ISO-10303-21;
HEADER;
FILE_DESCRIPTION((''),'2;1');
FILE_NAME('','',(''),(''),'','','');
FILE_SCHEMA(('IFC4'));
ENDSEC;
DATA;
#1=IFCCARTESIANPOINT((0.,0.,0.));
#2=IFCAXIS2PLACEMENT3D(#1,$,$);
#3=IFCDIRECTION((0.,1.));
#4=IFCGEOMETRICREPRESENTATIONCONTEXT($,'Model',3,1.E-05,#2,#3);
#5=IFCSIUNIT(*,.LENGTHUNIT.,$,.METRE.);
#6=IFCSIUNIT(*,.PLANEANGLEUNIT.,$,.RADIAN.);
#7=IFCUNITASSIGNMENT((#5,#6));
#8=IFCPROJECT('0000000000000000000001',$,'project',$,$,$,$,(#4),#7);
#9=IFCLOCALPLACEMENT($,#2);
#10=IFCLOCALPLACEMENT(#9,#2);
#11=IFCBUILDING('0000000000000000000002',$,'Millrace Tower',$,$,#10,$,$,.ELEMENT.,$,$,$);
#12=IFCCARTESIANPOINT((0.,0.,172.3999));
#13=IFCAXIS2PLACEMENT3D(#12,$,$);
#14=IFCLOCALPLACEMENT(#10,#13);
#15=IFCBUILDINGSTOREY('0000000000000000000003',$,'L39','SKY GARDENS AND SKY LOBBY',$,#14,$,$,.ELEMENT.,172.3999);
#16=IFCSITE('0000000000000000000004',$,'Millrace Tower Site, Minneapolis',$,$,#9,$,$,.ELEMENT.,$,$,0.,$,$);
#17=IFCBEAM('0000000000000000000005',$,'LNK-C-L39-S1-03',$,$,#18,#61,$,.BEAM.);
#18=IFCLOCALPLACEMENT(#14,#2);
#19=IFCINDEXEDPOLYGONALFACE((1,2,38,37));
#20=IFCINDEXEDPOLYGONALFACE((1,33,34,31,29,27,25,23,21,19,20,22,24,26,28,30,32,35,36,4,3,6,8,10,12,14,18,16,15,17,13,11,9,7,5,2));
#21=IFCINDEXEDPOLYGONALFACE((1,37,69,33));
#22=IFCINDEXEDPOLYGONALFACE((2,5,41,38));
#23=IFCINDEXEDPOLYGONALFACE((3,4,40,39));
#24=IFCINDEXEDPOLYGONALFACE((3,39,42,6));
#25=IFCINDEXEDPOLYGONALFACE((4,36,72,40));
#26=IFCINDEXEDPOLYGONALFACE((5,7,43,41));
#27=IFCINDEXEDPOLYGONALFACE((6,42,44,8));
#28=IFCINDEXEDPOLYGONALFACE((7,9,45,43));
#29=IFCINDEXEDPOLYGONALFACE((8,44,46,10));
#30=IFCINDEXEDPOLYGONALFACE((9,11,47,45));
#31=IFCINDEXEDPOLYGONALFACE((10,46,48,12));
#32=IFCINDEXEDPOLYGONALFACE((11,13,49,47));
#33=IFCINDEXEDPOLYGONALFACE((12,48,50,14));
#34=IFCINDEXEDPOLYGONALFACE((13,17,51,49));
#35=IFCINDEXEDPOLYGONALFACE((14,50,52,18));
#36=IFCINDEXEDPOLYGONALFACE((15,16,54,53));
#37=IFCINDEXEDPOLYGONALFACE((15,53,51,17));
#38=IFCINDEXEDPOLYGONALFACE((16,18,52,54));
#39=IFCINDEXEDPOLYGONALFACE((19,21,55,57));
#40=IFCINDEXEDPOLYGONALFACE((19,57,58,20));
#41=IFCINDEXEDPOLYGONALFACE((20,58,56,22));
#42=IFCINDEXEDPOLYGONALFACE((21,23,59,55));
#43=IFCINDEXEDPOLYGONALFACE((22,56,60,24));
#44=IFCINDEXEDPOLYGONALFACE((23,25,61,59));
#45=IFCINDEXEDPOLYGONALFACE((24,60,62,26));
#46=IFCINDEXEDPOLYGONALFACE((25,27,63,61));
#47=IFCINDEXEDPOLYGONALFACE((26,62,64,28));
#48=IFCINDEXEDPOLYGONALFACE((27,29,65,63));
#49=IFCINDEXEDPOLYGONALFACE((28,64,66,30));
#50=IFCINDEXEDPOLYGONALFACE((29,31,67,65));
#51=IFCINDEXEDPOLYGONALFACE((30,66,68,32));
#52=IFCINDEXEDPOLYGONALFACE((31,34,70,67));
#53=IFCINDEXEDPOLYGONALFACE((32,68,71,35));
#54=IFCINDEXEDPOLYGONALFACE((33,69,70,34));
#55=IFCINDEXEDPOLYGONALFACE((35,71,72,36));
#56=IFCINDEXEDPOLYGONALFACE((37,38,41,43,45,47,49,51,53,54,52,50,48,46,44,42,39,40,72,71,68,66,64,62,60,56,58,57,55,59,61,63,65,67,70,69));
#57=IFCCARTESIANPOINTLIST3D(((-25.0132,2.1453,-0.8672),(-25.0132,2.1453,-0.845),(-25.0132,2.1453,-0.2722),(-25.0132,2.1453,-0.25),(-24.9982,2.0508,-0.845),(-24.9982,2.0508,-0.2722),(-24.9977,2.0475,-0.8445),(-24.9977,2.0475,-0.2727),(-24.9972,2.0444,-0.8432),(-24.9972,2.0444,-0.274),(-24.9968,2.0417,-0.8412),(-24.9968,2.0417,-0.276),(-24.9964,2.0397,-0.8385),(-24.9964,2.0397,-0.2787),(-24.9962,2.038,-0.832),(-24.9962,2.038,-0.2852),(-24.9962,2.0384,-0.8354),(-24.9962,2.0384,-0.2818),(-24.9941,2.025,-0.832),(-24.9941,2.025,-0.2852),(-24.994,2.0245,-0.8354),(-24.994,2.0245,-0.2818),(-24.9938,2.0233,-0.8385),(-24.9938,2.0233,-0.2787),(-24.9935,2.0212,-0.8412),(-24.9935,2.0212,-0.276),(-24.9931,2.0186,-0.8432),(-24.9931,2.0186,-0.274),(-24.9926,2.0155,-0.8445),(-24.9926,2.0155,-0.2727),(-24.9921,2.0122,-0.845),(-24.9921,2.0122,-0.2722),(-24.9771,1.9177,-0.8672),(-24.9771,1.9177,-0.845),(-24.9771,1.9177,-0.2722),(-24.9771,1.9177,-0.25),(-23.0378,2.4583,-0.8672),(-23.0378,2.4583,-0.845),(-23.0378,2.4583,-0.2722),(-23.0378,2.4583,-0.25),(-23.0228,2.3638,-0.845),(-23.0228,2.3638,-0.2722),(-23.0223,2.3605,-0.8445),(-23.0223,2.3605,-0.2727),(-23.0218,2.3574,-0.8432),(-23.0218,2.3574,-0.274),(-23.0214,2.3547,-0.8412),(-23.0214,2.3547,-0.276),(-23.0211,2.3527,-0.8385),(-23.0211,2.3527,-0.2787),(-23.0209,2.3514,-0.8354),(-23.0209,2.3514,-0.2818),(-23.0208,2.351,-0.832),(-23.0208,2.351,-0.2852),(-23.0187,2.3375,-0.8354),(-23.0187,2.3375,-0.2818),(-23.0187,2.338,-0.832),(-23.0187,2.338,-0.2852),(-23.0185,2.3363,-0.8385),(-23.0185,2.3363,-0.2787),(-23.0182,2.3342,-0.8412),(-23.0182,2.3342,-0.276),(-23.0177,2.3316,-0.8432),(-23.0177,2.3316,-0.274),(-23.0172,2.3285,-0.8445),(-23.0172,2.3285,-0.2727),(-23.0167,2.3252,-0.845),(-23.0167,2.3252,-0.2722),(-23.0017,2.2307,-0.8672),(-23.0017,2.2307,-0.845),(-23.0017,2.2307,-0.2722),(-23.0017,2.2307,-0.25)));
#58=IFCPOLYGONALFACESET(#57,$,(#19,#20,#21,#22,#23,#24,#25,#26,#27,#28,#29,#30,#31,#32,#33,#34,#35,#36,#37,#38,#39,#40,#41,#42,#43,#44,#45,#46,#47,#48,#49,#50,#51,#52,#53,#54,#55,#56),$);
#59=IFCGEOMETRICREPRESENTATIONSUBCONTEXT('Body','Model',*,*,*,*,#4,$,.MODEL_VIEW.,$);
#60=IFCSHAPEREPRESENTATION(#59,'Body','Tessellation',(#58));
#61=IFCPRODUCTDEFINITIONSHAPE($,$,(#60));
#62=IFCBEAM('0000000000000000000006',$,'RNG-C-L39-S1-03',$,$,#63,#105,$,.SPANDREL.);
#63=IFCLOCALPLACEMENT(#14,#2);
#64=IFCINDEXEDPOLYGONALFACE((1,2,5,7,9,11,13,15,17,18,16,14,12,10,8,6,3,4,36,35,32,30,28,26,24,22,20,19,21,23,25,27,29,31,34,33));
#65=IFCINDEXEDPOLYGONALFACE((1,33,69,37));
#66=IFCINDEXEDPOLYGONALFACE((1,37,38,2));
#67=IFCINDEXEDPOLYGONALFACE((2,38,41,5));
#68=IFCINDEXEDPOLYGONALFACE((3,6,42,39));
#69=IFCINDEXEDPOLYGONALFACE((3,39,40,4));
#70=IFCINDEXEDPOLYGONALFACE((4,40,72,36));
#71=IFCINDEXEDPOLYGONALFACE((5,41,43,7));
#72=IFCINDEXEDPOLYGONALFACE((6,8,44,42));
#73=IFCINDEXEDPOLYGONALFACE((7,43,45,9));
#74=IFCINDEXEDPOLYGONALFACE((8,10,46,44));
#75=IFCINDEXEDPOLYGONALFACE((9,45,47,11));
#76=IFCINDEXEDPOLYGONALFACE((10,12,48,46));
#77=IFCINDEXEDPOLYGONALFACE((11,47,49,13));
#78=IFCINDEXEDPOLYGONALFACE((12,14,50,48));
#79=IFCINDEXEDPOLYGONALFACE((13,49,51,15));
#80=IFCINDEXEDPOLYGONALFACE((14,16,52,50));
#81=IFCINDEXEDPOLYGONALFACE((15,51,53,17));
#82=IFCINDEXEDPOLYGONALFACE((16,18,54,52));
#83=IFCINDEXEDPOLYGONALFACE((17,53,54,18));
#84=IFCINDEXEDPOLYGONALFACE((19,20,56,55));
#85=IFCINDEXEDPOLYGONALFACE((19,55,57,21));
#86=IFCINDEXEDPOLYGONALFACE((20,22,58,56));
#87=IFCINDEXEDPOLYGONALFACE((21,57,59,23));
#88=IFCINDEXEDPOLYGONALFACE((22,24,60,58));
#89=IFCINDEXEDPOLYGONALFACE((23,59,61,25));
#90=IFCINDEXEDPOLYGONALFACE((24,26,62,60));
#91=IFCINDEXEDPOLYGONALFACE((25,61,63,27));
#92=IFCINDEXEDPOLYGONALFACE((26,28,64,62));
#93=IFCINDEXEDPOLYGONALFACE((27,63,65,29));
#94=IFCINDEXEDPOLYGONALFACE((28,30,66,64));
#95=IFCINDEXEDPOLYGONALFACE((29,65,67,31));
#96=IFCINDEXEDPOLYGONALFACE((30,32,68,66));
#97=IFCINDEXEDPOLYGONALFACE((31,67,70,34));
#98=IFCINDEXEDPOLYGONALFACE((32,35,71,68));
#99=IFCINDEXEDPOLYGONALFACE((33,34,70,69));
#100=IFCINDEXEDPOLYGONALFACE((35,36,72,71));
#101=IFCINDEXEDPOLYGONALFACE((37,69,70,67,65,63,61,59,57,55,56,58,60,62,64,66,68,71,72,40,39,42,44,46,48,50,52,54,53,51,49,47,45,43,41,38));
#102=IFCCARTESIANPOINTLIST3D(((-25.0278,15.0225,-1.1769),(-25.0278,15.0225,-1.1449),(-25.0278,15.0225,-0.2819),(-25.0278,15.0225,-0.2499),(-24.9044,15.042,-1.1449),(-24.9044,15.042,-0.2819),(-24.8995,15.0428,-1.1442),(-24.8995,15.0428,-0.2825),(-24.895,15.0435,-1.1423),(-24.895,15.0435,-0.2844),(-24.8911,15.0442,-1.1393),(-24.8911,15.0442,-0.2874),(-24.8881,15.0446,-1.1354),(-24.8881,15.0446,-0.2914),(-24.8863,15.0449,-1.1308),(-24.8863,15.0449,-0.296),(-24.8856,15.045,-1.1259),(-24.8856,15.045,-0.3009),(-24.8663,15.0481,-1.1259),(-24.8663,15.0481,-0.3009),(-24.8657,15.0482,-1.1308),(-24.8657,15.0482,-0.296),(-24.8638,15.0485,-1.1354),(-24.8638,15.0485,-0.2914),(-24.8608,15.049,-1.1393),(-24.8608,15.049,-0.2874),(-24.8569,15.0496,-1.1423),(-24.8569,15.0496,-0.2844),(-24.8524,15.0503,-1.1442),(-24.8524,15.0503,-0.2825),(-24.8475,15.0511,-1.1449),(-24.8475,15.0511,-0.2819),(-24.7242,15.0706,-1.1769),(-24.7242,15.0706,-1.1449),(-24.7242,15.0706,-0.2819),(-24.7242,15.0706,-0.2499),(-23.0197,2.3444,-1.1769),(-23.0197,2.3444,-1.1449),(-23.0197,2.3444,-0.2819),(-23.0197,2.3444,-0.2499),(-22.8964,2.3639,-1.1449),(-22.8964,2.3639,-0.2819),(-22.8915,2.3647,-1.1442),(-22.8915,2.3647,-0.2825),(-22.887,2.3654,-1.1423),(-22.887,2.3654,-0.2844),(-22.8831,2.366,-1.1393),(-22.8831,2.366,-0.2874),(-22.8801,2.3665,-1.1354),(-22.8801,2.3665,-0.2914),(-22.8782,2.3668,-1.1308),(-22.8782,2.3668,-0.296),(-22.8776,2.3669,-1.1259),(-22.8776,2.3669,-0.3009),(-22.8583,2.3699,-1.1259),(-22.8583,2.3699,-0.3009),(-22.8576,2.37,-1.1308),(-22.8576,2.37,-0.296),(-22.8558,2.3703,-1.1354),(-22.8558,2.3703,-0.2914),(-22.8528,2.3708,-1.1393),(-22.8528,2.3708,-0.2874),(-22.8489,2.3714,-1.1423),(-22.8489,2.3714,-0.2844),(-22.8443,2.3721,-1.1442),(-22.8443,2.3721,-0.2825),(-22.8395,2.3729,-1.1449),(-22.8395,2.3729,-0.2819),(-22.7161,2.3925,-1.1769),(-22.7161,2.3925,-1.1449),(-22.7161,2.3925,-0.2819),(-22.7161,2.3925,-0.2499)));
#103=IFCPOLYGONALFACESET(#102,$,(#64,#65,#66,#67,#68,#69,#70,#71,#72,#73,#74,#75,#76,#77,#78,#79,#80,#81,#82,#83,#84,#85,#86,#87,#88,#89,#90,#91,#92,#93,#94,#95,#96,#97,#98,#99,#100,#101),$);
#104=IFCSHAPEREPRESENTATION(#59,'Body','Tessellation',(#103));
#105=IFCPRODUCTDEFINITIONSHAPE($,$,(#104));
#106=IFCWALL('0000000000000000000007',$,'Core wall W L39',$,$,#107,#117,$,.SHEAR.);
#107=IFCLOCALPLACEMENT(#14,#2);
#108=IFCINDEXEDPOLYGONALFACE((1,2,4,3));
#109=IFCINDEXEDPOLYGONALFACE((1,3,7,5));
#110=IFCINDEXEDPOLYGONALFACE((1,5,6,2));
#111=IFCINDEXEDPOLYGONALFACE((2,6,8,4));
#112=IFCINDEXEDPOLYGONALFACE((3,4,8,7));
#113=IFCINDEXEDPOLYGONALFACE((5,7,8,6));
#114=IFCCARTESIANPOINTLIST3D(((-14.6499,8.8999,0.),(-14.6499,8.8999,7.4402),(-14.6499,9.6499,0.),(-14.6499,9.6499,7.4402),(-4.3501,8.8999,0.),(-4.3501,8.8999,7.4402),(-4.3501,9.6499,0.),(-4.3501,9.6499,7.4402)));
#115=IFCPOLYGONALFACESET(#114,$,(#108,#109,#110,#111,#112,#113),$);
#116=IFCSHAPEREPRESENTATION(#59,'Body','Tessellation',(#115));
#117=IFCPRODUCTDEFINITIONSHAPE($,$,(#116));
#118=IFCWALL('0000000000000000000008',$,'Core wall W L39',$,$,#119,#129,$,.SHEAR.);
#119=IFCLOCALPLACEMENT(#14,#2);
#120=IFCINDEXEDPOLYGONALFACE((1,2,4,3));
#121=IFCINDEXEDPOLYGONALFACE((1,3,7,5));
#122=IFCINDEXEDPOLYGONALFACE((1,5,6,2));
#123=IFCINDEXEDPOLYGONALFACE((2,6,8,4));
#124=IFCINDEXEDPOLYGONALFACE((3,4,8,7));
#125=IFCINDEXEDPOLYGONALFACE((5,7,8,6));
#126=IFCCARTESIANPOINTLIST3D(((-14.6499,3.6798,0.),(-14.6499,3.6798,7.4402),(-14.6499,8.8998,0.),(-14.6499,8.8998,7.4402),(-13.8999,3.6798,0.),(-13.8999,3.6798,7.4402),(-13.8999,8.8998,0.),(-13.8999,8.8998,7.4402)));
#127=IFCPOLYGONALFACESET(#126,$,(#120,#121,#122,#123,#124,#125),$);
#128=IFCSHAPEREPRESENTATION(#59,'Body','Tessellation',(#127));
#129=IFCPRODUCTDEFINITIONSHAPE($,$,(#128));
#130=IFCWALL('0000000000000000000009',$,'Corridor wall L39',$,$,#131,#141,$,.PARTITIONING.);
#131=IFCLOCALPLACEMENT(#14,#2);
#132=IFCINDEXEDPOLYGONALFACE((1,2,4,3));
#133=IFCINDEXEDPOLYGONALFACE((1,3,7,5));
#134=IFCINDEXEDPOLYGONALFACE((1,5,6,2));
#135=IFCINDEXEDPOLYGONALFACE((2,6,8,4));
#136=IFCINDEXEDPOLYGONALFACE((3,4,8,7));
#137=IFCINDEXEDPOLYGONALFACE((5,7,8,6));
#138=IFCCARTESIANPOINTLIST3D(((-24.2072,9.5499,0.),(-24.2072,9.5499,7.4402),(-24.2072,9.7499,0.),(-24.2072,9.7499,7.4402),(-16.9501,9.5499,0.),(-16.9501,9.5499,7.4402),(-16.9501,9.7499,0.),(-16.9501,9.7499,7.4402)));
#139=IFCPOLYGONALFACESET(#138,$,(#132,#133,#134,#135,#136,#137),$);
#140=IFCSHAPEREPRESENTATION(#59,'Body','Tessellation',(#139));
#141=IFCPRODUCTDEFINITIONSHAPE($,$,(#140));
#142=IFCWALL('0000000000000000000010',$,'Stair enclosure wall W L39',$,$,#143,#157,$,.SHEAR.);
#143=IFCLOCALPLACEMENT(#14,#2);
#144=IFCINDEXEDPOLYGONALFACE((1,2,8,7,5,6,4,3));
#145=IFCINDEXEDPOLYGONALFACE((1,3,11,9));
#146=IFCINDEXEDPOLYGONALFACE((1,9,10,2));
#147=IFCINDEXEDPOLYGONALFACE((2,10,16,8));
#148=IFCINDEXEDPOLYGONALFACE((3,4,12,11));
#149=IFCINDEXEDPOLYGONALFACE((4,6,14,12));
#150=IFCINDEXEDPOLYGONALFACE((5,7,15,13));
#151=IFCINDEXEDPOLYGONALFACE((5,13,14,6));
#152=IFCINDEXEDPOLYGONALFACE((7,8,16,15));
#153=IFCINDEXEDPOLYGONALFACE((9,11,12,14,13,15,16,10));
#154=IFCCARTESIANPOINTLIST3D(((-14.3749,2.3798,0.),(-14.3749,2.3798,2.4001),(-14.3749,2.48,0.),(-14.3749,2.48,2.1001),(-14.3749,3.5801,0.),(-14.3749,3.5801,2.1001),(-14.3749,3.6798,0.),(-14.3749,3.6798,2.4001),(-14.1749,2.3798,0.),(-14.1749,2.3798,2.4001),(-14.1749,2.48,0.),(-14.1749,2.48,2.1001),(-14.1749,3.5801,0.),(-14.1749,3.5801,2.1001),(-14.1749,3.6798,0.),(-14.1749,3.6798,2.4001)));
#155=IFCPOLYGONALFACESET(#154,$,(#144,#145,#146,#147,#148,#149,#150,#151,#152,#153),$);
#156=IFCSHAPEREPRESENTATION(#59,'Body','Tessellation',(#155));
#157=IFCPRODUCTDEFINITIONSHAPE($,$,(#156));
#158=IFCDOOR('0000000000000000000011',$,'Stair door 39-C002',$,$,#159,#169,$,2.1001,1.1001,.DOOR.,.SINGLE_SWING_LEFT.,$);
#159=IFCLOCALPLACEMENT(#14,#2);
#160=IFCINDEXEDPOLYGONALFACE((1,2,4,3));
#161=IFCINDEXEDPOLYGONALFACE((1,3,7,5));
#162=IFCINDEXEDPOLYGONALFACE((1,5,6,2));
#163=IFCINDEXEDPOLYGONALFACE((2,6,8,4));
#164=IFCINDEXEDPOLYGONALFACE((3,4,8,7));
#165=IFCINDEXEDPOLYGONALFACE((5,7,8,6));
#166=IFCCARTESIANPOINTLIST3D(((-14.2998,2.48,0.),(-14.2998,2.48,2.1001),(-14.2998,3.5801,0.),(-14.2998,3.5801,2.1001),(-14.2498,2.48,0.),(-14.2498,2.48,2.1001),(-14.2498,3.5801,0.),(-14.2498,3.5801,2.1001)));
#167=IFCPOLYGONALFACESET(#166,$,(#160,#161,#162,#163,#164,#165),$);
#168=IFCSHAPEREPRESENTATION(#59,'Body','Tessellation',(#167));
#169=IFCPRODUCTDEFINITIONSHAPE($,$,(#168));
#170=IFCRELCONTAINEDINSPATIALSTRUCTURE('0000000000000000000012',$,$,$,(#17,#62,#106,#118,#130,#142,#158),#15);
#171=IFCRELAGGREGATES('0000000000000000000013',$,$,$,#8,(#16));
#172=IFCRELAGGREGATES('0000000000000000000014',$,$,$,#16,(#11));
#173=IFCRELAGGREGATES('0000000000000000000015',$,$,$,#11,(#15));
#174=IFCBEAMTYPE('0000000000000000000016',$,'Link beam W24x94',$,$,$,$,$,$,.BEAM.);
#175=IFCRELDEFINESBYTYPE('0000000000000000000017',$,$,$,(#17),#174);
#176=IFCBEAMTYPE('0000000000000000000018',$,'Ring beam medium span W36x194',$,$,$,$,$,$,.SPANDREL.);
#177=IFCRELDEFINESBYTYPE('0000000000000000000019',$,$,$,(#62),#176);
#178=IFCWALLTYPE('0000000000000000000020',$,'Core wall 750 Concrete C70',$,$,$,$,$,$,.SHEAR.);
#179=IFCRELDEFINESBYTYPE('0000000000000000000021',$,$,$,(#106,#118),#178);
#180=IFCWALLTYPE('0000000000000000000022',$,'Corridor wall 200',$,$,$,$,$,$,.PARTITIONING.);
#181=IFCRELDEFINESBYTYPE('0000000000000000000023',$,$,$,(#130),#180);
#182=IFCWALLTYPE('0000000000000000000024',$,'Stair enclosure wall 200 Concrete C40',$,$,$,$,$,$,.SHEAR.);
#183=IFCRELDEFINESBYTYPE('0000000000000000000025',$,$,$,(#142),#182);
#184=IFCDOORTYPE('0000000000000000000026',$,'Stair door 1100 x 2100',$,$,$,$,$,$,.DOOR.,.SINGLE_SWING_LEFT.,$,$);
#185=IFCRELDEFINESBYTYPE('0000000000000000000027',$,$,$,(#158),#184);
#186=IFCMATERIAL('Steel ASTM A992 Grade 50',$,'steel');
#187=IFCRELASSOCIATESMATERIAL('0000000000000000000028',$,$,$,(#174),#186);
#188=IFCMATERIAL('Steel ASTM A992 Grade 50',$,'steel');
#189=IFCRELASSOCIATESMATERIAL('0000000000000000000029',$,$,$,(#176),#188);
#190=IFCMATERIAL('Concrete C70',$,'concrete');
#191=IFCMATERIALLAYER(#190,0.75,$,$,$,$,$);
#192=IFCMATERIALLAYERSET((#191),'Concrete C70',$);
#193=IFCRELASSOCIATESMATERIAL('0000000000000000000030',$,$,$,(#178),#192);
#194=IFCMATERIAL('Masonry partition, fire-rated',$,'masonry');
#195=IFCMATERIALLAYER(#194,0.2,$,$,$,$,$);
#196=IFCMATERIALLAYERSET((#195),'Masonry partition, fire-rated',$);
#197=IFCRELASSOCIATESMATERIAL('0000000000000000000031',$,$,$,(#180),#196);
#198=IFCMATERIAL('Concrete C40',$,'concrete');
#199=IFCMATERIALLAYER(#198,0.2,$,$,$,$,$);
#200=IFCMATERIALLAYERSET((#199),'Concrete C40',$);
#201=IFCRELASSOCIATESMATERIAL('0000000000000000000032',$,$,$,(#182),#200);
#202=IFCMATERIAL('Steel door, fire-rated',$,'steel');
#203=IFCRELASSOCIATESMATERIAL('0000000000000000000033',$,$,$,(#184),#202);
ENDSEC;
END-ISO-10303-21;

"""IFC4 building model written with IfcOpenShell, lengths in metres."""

from ifc_helpers import new_model, si_unit, direction, frame, frame_2d, origin, origin_2d, place, context, subcontext, project, spatial, rectangle, i_section, extrude, material, layer, layer_set, material_profile, profile_set, type_object, element, fill, save


model = new_model("IFC4")

# Units and contexts
model_context = context("Model", 3, precision=1e-05, world=origin(), true_north=direction((0.0, 1.0)))
body_context = subcontext(model_context, "Body", "Model", "MODEL_VIEW")
ifc_project = project(units=[si_unit("LENGTHUNIT", "METRE"), si_unit("PLANEANGLEUNIT", "RADIAN")], contexts=[model_context])

# Site, building, storey
site_placement = place(None, origin())
site = spatial("IfcSite", under=ifc_project, at=site_placement, Name="Millrace Tower Site, Minneapolis", CompositionType="ELEMENT", RefElevation=0.0)
building_placement = place(site_placement, origin())
building = spatial("IfcBuilding", under=site, at=building_placement, Name="Millrace Tower", CompositionType="ELEMENT")
storey_placement = place(building_placement, frame((0.0, 0.0, 172.3999)))
storey = spatial("IfcBuildingStorey", under=building, at=storey_placement, Name="L39", Description="SKY GARDENS AND SKY LOBBY", CompositionType="ELEMENT", Elevation=172.3999)

# Beams
ifc_material_1 = material(Name="Steel ASTM A992 Grade 50", Category="steel")
ifc_material_profile_1 = material_profile(ifc_material_1, i_section(OverallWidth=0.2305, OverallDepth=0.6172, WebThickness=0.0132, FlangeThickness=0.0222, FilletRadius=0.0129, at=origin_2d()))
ifc_profile_set_1 = profile_set([ifc_material_profile_1], Name="Steel ASTM A992 Grade 50")
beam_type_1 = type_object("IfcBeamType", Name="Link beam W24x94", PredefinedType="BEAM", material=ifc_profile_set_1)
beam_1_placement = place(storey_placement, frame((-23.0198, 2.3445, -0.5586), z_axis=(-0.987679, -0.156495, 0.0), x_axis=(0.156495, -0.987679, 0.0)))
element("IfcBeam", 1, at=beam_1_placement, inside=storey, type_object=beam_type_1, Name="LNK-C-L39-S1-03", PredefinedType="BEAM", context=body_context, shape_type="SweptSolid", body=[
    extrude(i_section(OverallWidth=0.2305, OverallDepth=0.6172, WebThickness=0.0132, FlangeThickness=0.0222, FilletRadius=0.0129, at=origin_2d()), origin(), (0.0, 0.0, 1.0), 2.0),
])
ifc_material_2 = material(Name="Steel ASTM A992 Grade 50", Category="steel")
ifc_material_profile_2 = material_profile(ifc_material_2, i_section(OverallWidth=0.3074, OverallDepth=0.927, WebThickness=0.0195, FlangeThickness=0.032, FilletRadius=0.019, at=origin_2d()))
ifc_profile_set_2 = profile_set([ifc_material_profile_2], Name="Steel ASTM A992 Grade 50")
beam_type_2 = type_object("IfcBeamType", Name="Ring beam medium span W36x194", PredefinedType="SPANDREL", material=ifc_profile_set_2)
beam_2_placement = place(storey_placement, frame((-22.8679, 2.3684, -0.7134), z_axis=(-0.156436, 0.987688, 0.0), x_axis=(-0.987688, -0.156436, 0.0)))
element("IfcBeam", 2, at=beam_2_placement, inside=storey, type_object=beam_type_2, Name="RNG-C-L39-S1-03", PredefinedType="SPANDREL", context=body_context, shape_type="SweptSolid", body=[
    extrude(i_section(OverallWidth=0.3074, OverallDepth=0.927, WebThickness=0.0195, FlangeThickness=0.032, FilletRadius=0.019, at=origin_2d()), origin(), (0.0, 0.0, 1.0), 12.8362),
])

# Walls
ifc_material_3 = material(Name="Concrete C70", Category="concrete")
ifc_layer_1 = layer(ifc_material_3, 0.75)
ifc_layer_set_1 = layer_set([ifc_layer_1], Name="Concrete C70")
wall_type_1 = type_object("IfcWallType", Name="Core wall 750 Concrete C70", PredefinedType="SHEAR", material=ifc_layer_set_1)
wall_1_placement = place(storey_placement, frame((-14.6499, 9.2749, 0.0), z_axis=(0.0, 0.0, 1.0), x_axis=(1.0, 0.0, 0.0)))
element("IfcWall", 3, at=wall_1_placement, inside=storey, type_object=wall_type_1, Name="Core wall W L39", PredefinedType="SHEAR", context=body_context, shape_type="SweptSolid", body=[
    extrude(rectangle(XDim=10.2998, YDim=0.75, at=frame_2d((5.1499, 0.0))), origin(), (0.0, 0.0, 1.0), 7.4402),
])
wall_2_placement = place(storey_placement, frame((-14.2749, 3.6799, 0.0), z_axis=(0.0, 0.0, 1.0), x_axis=(0.0, 1.0, 0.0)))
element("IfcWall", 4, at=wall_2_placement, inside=storey, type_object=wall_type_1, Name="Core wall W L39", PredefinedType="SHEAR", context=body_context, shape_type="SweptSolid", body=[
    extrude(rectangle(XDim=5.22, YDim=0.75, at=frame_2d((2.6099, 0.0))), origin(), (0.0, 0.0, 1.0), 7.4402),
])
ifc_material_4 = material(Name="Masonry partition, fire-rated", Category="masonry")
ifc_layer_2 = layer(ifc_material_4, 0.2)
ifc_layer_set_2 = layer_set([ifc_layer_2], Name="Masonry partition, fire-rated")
wall_type_2 = type_object("IfcWallType", Name="Corridor wall 200", PredefinedType="PARTITIONING", material=ifc_layer_set_2)
wall_3_placement = place(storey_placement, frame((-24.207, 9.6499, 0.0), z_axis=(0.0, 0.0, 1.0), x_axis=(1.0, 0.0, 0.0)))
element("IfcWall", 5, at=wall_3_placement, inside=storey, type_object=wall_type_2, Name="Corridor wall L39", PredefinedType="PARTITIONING", context=body_context, shape_type="SweptSolid", body=[
    extrude(rectangle(XDim=7.2571, YDim=0.2, at=frame_2d((3.6284, 0.0))), origin(), (0.0, 0.0, 1.0), 7.4402),
])

# Wall, opening, door
ifc_material_5 = material(Name="Concrete C40", Category="concrete")
ifc_layer_3 = layer(ifc_material_5, 0.2)
ifc_layer_set_3 = layer_set([ifc_layer_3], Name="Concrete C40")
wall_type_3 = type_object("IfcWallType", Name="Stair enclosure wall 200 Concrete C40", PredefinedType="SHEAR", material=ifc_layer_set_3)
wall_4_placement = place(storey_placement, frame((-14.2749, 2.3799, 0.0), z_axis=(0.0, 0.0, 1.0), x_axis=(0.0, 1.0, 0.0)))
wall_4 = element("IfcWall", 6, at=wall_4_placement, inside=storey, type_object=wall_type_3, Name="Stair enclosure wall W L39", PredefinedType="SHEAR", context=body_context, shape_type="SweptSolid", body=[
    extrude(rectangle(XDim=1.3, YDim=0.2, at=frame_2d((0.6499, 0.0))), origin(), (0.0, 0.0, 1.0), 2.4001),
])
opening_1_placement = place(wall_4_placement, frame((0.1001, 0.0, 0.0)))
opening_1 = element("IfcOpeningElement", 7, at=opening_1_placement, cuts=wall_4, PredefinedType="OPENING", context=body_context, shape_type="SweptSolid", body=[
    extrude(rectangle(XDim=1.1001, YDim=2.1001, at=frame_2d((0.55, 1.05))), frame((0.0, 0.1099, 0.0), z_axis=(0.0, -1.0, 0.0), x_axis=(1.0, 0.0, 0.0)), (0.0, 0.0, 1.0), 0.22),
])
ifc_material_6 = material(Name="Steel door, fire-rated", Category="steel")
door_type_1 = type_object("IfcDoorType", Name="Stair door 1100 x 2100", OperationType="SINGLE_SWING_LEFT", PredefinedType="DOOR", material=ifc_material_6)
door_1_placement = place(opening_1_placement, origin())
door_1 = element("IfcDoor", 8, at=door_1_placement, inside=storey, type_object=door_type_1, Name="Stair door 39-C002", OperationType="SINGLE_SWING_LEFT", OverallHeight=2.1001, OverallWidth=1.1001, PredefinedType="DOOR", context=body_context, shape_type="SweptSolid", body=[
    extrude(rectangle(XDim=1.1001, YDim=2.1001, at=frame_2d((0.55, 1.05))), frame((0.0, 0.0249, 0.0), z_axis=(0.0, -1.0, 0.0), x_axis=(1.0, 0.0, 0.0)), (0.0, 0.0, 1.0), 0.05),
])
fill(opening_1, door_1)

save(model, "model.ifc")
